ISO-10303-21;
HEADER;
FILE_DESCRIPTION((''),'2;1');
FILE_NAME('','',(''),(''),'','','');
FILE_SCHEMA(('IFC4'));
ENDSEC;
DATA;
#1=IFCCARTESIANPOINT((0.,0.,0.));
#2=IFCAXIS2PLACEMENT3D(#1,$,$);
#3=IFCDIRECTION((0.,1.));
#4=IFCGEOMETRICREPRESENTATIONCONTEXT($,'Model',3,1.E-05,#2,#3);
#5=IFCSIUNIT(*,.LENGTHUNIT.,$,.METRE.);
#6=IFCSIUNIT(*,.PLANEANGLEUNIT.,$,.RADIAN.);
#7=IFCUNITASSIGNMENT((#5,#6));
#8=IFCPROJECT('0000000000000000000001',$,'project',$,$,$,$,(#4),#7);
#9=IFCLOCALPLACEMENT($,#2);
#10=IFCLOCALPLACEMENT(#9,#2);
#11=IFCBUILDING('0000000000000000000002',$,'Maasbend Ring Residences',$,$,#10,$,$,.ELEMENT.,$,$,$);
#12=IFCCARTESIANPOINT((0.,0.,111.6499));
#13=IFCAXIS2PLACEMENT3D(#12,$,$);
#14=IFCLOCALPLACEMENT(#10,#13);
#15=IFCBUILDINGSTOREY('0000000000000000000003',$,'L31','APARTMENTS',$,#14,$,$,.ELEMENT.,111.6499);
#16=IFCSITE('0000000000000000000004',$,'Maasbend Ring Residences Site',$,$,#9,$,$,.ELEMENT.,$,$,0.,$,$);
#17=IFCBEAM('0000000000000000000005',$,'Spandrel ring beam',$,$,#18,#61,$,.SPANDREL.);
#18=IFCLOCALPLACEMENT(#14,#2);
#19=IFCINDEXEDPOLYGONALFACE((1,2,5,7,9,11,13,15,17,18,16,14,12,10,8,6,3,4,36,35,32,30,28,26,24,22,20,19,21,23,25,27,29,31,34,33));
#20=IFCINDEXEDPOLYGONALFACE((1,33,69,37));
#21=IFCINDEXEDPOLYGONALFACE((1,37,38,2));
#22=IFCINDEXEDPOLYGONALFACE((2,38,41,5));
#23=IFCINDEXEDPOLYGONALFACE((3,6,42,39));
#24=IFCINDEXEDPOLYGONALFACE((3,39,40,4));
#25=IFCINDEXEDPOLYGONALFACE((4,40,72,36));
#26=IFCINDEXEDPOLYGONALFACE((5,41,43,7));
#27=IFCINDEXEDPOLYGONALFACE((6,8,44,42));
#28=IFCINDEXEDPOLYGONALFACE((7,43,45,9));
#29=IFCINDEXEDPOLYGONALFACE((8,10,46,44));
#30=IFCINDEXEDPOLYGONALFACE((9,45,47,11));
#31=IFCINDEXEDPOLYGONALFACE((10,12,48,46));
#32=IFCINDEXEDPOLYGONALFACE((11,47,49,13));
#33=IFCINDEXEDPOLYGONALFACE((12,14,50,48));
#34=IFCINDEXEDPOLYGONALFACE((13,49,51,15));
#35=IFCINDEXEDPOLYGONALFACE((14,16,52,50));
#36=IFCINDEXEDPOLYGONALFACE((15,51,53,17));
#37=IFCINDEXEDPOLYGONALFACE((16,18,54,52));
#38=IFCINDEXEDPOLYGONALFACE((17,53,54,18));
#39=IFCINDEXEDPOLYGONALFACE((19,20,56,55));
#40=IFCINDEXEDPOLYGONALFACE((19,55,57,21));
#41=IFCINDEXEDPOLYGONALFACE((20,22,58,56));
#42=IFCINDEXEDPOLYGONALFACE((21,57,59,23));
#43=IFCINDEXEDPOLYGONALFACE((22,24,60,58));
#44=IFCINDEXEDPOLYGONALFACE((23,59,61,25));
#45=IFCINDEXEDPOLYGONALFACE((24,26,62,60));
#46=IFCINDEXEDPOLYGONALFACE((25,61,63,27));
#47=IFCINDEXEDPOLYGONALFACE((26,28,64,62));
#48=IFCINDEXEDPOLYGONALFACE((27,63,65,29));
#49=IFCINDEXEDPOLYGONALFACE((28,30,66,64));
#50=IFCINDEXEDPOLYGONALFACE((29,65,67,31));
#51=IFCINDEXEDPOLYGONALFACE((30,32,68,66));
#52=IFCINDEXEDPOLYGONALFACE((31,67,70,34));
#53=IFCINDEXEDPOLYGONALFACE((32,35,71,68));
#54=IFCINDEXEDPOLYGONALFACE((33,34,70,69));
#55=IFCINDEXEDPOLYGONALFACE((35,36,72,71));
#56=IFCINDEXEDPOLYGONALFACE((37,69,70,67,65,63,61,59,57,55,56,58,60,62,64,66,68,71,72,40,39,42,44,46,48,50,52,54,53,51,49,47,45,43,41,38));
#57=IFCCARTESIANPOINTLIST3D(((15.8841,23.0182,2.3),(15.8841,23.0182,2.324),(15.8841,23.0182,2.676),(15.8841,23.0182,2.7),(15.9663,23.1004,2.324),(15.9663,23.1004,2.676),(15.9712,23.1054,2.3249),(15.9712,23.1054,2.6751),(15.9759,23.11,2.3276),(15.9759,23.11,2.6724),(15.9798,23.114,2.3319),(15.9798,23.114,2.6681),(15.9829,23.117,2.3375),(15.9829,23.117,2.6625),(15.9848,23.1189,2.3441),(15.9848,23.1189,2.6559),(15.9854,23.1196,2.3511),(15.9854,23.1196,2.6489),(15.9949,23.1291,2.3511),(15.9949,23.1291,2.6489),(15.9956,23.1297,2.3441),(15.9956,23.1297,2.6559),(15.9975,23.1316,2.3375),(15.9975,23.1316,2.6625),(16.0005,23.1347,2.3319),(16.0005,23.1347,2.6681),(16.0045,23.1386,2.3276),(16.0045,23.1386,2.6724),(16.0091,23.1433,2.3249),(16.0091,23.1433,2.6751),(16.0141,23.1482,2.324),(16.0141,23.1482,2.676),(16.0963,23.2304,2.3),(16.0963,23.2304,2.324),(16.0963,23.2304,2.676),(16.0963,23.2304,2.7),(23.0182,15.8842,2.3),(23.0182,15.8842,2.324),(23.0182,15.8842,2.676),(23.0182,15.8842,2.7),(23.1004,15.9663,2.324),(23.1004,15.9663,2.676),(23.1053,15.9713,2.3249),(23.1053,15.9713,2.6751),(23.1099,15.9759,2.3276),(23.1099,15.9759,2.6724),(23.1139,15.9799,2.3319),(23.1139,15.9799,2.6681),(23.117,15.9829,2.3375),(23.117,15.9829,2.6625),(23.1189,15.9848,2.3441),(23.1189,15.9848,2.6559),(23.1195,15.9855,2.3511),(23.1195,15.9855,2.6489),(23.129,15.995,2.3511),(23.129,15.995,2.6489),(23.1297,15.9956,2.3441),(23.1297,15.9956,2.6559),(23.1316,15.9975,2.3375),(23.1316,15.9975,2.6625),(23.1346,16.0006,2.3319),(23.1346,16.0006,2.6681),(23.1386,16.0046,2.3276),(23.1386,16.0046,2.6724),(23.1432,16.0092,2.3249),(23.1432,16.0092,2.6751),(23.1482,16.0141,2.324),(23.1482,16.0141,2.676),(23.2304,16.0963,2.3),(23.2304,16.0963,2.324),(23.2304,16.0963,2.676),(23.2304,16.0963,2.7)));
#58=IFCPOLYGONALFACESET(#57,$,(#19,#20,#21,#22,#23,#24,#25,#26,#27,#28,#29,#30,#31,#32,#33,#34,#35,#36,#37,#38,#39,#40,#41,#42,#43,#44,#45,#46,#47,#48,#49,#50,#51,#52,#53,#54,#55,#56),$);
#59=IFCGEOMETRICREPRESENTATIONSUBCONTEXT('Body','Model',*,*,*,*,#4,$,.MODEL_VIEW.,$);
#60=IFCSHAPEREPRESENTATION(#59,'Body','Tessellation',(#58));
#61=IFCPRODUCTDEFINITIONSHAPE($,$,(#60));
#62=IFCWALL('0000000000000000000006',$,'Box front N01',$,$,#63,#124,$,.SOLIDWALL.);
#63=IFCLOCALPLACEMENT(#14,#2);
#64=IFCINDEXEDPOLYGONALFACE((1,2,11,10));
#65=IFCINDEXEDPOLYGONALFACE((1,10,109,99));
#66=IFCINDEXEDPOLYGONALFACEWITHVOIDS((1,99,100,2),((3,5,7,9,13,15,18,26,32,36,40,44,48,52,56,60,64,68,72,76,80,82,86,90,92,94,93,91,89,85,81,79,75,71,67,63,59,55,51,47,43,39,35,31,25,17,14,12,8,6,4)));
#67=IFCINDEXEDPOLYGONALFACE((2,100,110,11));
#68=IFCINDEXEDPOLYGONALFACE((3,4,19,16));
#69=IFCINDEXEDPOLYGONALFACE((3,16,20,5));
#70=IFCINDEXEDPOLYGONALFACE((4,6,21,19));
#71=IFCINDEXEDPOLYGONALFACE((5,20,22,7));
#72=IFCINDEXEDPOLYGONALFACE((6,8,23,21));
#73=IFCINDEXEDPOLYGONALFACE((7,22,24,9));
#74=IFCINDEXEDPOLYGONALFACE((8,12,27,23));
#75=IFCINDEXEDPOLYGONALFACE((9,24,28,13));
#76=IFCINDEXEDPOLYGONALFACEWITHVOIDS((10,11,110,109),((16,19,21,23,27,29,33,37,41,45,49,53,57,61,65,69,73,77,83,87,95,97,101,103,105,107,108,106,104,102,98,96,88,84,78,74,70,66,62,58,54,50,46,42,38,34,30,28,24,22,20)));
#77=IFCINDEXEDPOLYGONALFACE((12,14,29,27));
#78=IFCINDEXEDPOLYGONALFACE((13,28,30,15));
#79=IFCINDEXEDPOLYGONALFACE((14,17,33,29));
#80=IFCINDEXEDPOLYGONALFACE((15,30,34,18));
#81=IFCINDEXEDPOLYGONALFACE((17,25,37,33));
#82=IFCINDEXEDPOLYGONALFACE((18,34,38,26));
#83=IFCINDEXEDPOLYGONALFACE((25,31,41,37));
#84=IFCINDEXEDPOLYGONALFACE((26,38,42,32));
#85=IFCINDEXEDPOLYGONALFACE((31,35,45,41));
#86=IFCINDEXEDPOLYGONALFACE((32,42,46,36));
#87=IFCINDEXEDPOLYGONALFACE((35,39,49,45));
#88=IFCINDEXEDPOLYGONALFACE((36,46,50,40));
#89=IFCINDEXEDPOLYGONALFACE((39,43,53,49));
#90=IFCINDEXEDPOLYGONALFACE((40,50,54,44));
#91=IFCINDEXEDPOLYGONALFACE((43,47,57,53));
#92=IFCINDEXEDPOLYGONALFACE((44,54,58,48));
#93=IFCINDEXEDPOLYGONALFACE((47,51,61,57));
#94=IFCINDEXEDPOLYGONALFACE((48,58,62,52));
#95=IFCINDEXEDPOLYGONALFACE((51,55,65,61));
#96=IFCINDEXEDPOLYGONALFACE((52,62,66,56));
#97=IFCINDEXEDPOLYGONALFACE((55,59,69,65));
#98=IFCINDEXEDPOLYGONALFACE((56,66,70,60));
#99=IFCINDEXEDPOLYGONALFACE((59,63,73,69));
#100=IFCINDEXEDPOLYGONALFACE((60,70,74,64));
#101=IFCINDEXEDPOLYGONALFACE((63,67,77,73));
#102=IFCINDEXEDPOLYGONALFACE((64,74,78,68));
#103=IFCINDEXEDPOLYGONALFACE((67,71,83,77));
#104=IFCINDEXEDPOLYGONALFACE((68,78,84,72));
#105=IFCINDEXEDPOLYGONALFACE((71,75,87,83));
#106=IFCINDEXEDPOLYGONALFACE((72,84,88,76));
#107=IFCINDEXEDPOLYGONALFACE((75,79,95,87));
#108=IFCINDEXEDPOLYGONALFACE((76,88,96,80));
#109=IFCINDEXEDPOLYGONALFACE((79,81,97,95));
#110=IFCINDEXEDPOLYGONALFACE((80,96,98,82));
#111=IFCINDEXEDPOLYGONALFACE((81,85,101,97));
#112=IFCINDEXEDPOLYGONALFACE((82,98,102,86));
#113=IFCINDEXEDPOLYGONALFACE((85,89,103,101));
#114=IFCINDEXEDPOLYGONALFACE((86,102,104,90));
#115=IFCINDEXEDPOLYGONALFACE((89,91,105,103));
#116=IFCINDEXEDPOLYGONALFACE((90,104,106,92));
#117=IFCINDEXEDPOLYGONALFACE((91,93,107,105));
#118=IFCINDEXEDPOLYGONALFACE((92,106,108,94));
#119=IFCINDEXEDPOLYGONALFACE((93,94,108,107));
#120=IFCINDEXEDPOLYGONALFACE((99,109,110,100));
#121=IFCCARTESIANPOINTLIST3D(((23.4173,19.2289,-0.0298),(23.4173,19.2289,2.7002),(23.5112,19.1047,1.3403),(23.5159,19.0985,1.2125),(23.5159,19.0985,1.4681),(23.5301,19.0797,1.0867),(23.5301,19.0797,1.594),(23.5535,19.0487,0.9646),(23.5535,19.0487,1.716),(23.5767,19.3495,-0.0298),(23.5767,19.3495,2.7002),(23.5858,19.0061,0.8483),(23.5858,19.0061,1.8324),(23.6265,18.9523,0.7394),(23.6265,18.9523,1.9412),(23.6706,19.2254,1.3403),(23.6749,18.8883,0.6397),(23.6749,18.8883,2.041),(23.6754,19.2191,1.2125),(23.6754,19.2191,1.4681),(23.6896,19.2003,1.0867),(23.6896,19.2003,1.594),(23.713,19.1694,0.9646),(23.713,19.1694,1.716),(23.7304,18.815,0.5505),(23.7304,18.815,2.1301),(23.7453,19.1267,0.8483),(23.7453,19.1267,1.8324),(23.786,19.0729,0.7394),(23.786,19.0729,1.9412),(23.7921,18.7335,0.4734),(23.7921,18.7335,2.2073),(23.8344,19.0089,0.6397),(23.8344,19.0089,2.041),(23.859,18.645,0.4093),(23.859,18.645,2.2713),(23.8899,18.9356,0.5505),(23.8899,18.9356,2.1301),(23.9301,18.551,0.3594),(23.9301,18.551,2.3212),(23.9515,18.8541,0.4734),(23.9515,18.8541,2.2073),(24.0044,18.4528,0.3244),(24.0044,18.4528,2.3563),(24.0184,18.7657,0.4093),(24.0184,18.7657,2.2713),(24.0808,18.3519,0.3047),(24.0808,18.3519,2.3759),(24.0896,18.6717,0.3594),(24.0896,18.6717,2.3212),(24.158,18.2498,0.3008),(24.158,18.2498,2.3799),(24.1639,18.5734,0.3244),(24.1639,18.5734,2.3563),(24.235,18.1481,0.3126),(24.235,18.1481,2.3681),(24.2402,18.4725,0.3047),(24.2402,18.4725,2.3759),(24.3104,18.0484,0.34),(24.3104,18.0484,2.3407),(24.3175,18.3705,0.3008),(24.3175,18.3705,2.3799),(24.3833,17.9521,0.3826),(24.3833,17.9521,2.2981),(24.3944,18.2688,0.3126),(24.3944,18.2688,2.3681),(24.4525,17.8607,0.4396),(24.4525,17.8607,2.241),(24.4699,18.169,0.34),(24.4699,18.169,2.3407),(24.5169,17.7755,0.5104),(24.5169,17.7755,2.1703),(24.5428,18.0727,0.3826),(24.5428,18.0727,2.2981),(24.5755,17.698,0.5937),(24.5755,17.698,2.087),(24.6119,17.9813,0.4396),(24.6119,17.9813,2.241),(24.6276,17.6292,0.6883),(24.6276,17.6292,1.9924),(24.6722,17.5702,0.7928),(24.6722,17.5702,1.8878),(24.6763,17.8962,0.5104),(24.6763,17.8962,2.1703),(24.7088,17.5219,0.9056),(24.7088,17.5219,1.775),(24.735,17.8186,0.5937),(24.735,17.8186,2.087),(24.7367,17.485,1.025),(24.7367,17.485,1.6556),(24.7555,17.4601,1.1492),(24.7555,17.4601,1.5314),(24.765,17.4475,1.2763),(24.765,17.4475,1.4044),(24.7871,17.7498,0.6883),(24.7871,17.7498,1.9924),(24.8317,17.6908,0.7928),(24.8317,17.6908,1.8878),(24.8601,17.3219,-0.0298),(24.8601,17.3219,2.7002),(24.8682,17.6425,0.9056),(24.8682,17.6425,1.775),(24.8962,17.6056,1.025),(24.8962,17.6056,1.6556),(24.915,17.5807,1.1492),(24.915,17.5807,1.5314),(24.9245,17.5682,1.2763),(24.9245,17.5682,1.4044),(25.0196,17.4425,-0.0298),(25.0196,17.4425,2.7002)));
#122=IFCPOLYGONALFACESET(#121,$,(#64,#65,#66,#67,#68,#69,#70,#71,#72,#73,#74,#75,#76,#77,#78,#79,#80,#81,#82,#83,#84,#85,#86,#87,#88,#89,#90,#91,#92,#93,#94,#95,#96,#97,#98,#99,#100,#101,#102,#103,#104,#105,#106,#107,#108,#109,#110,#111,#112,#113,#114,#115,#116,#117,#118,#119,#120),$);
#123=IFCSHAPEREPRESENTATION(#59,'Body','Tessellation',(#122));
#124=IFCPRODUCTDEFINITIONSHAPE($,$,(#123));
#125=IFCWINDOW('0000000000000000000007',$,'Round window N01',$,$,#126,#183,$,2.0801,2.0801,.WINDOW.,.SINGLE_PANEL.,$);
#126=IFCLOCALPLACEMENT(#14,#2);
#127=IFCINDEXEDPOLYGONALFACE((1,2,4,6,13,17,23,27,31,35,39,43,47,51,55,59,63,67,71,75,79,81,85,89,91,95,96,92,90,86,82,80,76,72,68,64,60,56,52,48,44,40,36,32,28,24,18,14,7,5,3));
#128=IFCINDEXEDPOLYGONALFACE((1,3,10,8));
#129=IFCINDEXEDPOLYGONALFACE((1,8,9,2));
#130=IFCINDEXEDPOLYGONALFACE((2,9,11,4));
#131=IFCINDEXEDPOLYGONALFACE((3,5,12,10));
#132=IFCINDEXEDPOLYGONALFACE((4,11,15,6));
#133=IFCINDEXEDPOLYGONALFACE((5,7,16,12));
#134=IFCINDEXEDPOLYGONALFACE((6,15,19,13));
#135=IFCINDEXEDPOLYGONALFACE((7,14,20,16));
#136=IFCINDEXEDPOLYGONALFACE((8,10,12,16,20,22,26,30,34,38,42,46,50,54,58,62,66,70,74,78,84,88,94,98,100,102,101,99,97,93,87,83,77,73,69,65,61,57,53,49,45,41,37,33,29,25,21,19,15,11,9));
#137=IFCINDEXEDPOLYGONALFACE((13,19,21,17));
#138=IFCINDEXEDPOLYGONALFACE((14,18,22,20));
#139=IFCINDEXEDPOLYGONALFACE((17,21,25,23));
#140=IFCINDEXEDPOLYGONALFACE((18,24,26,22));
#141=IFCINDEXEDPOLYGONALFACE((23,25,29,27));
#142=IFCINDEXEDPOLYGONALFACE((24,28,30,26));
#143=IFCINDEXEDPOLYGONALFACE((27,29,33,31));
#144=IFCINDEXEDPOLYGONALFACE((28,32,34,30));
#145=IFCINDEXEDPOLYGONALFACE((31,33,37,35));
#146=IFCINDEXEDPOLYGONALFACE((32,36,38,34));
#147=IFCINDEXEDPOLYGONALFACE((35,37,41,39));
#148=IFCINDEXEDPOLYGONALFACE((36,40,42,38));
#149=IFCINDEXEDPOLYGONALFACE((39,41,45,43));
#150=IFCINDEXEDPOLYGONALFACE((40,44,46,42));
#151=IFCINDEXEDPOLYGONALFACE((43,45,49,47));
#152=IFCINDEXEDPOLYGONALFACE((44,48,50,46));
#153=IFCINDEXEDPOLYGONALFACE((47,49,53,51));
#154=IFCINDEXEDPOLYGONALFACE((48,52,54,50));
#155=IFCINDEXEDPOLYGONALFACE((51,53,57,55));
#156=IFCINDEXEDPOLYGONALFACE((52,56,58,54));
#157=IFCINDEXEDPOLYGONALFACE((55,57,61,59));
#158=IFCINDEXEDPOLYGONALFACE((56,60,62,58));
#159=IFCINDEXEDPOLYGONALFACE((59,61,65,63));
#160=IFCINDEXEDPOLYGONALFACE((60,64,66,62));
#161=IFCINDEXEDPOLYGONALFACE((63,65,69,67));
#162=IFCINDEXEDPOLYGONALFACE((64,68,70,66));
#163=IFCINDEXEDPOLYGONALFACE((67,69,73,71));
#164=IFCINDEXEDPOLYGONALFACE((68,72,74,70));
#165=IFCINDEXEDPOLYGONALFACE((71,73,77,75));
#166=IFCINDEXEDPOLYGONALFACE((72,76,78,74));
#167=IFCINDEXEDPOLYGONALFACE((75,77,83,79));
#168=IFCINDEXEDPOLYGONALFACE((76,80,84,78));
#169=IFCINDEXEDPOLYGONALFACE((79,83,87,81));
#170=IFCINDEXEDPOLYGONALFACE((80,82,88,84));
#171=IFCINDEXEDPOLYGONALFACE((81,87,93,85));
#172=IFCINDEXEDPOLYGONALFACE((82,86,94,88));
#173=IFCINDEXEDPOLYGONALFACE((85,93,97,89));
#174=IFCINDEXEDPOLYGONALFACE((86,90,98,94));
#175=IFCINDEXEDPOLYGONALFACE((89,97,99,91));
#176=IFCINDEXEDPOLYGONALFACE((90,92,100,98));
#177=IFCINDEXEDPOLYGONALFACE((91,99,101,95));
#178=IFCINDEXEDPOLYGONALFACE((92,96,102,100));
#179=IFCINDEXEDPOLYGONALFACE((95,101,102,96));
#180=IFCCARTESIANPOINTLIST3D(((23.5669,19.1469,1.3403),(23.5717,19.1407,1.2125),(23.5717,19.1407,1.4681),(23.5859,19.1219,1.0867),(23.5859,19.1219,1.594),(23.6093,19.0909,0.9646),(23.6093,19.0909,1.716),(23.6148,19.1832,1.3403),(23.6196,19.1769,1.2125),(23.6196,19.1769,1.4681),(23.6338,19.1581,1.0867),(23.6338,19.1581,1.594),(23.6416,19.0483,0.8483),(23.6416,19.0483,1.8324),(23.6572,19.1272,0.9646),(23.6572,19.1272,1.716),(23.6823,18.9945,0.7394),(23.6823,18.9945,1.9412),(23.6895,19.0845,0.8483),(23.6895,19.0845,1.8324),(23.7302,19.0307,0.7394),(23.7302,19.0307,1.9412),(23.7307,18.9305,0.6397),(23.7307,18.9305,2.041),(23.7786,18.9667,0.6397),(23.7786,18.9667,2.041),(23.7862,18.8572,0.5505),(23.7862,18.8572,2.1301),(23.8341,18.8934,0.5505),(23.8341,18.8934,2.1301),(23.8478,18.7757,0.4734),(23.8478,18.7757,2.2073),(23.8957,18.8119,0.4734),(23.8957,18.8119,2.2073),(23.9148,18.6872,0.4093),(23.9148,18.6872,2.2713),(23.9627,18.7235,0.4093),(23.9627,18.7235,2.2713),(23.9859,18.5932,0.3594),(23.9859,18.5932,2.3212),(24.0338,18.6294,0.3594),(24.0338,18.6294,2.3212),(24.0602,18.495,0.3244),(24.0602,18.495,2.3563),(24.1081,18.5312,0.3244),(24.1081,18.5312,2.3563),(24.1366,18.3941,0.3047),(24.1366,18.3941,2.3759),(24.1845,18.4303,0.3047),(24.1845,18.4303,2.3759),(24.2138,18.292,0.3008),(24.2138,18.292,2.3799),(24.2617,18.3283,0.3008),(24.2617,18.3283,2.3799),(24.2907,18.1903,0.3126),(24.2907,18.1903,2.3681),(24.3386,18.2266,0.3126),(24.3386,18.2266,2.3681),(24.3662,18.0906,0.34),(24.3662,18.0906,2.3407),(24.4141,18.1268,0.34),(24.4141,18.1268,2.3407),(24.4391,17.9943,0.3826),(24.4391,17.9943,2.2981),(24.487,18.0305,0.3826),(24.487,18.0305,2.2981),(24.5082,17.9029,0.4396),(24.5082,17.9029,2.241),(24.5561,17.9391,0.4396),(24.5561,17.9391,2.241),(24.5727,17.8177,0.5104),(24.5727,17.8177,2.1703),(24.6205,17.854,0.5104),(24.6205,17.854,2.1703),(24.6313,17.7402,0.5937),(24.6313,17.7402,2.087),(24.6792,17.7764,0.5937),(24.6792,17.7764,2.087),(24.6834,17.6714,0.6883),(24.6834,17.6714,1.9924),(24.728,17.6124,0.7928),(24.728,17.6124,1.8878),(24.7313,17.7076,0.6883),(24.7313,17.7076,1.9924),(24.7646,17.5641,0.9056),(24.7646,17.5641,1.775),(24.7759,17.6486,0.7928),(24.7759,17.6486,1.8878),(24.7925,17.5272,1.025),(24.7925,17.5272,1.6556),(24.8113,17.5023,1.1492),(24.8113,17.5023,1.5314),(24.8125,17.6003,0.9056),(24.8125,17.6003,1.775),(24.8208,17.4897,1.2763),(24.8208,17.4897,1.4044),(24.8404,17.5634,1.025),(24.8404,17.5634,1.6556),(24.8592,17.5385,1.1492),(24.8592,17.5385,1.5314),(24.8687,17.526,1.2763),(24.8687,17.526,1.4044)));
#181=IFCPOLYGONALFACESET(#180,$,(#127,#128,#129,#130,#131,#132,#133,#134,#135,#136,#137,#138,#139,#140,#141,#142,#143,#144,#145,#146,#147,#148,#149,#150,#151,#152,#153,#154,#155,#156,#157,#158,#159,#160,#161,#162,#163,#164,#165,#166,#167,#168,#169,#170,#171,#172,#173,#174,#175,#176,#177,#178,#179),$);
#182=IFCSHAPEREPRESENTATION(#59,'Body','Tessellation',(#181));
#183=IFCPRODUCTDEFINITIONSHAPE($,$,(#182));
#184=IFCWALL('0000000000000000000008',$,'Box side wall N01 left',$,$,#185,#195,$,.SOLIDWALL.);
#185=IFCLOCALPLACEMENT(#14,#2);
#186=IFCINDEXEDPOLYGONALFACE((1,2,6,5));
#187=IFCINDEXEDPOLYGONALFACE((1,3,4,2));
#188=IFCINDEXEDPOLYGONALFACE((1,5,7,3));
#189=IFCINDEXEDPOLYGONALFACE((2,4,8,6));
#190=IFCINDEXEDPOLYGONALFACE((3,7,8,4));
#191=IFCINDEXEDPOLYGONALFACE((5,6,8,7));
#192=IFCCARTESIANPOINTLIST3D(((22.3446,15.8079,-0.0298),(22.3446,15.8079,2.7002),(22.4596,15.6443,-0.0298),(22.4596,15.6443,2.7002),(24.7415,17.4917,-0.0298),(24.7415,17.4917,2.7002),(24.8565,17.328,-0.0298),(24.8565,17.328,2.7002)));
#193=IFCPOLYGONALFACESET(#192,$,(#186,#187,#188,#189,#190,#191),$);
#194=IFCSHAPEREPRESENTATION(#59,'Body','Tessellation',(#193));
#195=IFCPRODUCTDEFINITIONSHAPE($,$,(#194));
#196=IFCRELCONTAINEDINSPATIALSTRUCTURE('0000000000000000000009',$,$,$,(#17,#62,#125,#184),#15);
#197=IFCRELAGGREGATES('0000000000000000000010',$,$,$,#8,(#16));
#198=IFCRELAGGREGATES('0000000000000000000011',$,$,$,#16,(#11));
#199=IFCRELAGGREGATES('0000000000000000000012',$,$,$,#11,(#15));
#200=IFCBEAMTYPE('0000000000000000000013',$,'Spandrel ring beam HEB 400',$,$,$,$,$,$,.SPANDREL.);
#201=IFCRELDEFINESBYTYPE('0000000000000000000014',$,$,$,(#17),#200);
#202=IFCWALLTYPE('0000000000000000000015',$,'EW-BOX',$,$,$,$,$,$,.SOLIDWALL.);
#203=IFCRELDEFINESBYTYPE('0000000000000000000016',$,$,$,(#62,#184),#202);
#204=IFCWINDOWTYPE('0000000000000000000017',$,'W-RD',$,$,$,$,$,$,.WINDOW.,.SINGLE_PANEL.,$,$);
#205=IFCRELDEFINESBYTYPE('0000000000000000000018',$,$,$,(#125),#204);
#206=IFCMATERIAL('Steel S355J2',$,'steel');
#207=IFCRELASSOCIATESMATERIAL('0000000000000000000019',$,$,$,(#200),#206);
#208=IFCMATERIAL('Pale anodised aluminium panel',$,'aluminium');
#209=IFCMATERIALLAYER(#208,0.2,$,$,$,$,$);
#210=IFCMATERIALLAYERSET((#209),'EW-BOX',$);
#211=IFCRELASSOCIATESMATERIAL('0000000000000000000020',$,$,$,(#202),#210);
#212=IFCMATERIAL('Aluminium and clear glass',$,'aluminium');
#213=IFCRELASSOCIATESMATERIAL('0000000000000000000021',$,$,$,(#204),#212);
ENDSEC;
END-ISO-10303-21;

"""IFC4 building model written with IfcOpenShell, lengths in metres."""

from ifc_helpers import new_model, si_unit, direction, frame, frame_2d, origin, origin_2d, place, context, subcontext, project, spatial, rectangle, circle, i_section, extrude, material, layer, layer_set, material_profile, profile_set, type_object, element, fill, save


model = new_model("IFC4")

# Units and contexts
model_context = context("Model", 3, precision=1e-05, world=origin(), true_north=direction((0.0, 1.0)))
body_context = subcontext(model_context, "Body", "Model", "MODEL_VIEW")
ifc_project = project(units=[si_unit("LENGTHUNIT", "METRE"), si_unit("PLANEANGLEUNIT", "RADIAN")], contexts=[model_context])

# Site, building, storey
site_placement = place(None, origin())
site = spatial("IfcSite", under=ifc_project, at=site_placement, Name="Maasbend Ring Residences Site", CompositionType="ELEMENT", RefElevation=0.0)
building_placement = place(site_placement, origin())
building = spatial("IfcBuilding", under=site, at=building_placement, Name="Maasbend Ring Residences", CompositionType="ELEMENT")
storey_placement = place(building_placement, frame((0.0, 0.0, 111.6499)))
storey = spatial("IfcBuildingStorey", under=building, at=storey_placement, Name="L31", Description="APARTMENTS", CompositionType="ELEMENT", Elevation=111.6499)

# Beam
ifc_material_1 = material(Name="Steel S355J2", Category="steel")
ifc_material_profile_1 = material_profile(ifc_material_1, i_section(OverallWidth=0.3, OverallDepth=0.3999, WebThickness=0.0134, FlangeThickness=0.0239, FilletRadius=0.0271, at=origin_2d()), Name="HEB 400")
ifc_profile_set_1 = profile_set([ifc_material_profile_1], Name="Steel S355J2")
beam_type = type_object("IfcBeamType", Name="Spandrel ring beam HEB 400", PredefinedType="SPANDREL", material=ifc_profile_set_1)
beam_placement = place(storey_placement, frame((23.1243, 15.9902, 2.5), z_axis=(-0.707107, 0.707107, 0.0), x_axis=(-0.707107, -0.707107, 0.0)))
element("IfcBeam", 1, at=beam_placement, inside=storey, type_object=beam_type, Name="Spandrel ring beam", PredefinedType="SPANDREL", context=body_context, shape_type="SweptSolid", body=[
    extrude(i_section(OverallWidth=0.3, OverallDepth=0.3999, WebThickness=0.0134, FlangeThickness=0.0239, FilletRadius=0.0271, at=origin_2d()), origin(), (0.0, 0.0, 1.0), 10.0891),
])

# Wall, opening, window
ifc_material_2 = material(Name="Pale anodised aluminium panel", Category="aluminium")
ifc_layer_1 = layer(ifc_material_2, 0.2)
ifc_layer_set_1 = layer_set([ifc_layer_1], Name="EW-BOX")
wall_type_1 = type_object("IfcWallType", Name="EW-BOX", PredefinedType="SOLIDWALL", material=ifc_layer_set_1)
wall_1_placement = place(storey_placement, frame((24.9399, 17.3821, -0.0298), z_axis=(0.0, 0.0, 1.0), x_axis=(-0.603376, 0.797457, 0.0)))
wall_1 = element("IfcWall", 2, at=wall_1_placement, inside=storey, type_object=wall_type_1, Name="Box front N01", PredefinedType="SOLIDWALL", context=body_context, shape_type="SweptSolid", body=[
    extrude(rectangle(XDim=2.3914, YDim=0.2, at=frame_2d((1.1958, 0.0))), origin(), (0.0, 0.0, 1.0), 2.73),
])
opening_1_placement = place(wall_1_placement, frame((0.1558, 0.0, 0.3301)))
opening_1 = element("IfcOpeningElement", 3, at=opening_1_placement, cuts=wall_1, PredefinedType="OPENING", context=body_context, shape_type="SweptSolid", body=[
    extrude(circle(Radius=1.04, at=frame_2d((1.04, 1.04))), frame((0.0, 0.1099, 0.0), z_axis=(0.0, -1.0, 0.0), x_axis=(1.0, 0.0, 0.0)), (0.0, 0.0, 1.0), 0.22),
])
ifc_material_3 = material(Name="Aluminium and clear glass", Category="aluminium")
window_type_1 = type_object("IfcWindowType", Name="W-RD", PartitioningType="SINGLE_PANEL", PredefinedType="WINDOW", material=ifc_material_3)
window_1_placement = place(opening_1_placement, origin())
window_1 = element("IfcWindow", 4, at=window_1_placement, inside=storey, type_object=window_type_1, Name="Round window N01", OverallHeight=2.0801, OverallWidth=2.0801, PartitioningType="SINGLE_PANEL", PredefinedType="WINDOW", context=body_context, shape_type="SweptSolid", body=[
    extrude(circle(Radius=1.04, at=frame_2d((1.04, 1.04))), frame((0.0, 0.03, 0.0), z_axis=(0.0, -1.0, 0.0), x_axis=(1.0, 0.0, 0.0)), (0.0, 0.0, 1.0), 0.0601),
])
fill(opening_1, window_1)

# Wall
wall_2_placement = place(storey_placement, frame((22.4021, 15.7261, -0.0298), z_axis=(0.0, 0.0, 1.0), x_axis=(0.818275, 0.574826, 0.0)))
element("IfcWall", 5, at=wall_2_placement, inside=storey, type_object=wall_type_1, Name="Box side wall N01 left", PredefinedType="SOLIDWALL", context=body_context, shape_type="SweptSolid", body=[
    extrude(rectangle(XDim=2.9292, YDim=0.2, at=frame_2d((1.4646, 0.0))), origin(), (0.0, 0.0, 1.0), 2.73),
])

save(model, "model.ifc")
